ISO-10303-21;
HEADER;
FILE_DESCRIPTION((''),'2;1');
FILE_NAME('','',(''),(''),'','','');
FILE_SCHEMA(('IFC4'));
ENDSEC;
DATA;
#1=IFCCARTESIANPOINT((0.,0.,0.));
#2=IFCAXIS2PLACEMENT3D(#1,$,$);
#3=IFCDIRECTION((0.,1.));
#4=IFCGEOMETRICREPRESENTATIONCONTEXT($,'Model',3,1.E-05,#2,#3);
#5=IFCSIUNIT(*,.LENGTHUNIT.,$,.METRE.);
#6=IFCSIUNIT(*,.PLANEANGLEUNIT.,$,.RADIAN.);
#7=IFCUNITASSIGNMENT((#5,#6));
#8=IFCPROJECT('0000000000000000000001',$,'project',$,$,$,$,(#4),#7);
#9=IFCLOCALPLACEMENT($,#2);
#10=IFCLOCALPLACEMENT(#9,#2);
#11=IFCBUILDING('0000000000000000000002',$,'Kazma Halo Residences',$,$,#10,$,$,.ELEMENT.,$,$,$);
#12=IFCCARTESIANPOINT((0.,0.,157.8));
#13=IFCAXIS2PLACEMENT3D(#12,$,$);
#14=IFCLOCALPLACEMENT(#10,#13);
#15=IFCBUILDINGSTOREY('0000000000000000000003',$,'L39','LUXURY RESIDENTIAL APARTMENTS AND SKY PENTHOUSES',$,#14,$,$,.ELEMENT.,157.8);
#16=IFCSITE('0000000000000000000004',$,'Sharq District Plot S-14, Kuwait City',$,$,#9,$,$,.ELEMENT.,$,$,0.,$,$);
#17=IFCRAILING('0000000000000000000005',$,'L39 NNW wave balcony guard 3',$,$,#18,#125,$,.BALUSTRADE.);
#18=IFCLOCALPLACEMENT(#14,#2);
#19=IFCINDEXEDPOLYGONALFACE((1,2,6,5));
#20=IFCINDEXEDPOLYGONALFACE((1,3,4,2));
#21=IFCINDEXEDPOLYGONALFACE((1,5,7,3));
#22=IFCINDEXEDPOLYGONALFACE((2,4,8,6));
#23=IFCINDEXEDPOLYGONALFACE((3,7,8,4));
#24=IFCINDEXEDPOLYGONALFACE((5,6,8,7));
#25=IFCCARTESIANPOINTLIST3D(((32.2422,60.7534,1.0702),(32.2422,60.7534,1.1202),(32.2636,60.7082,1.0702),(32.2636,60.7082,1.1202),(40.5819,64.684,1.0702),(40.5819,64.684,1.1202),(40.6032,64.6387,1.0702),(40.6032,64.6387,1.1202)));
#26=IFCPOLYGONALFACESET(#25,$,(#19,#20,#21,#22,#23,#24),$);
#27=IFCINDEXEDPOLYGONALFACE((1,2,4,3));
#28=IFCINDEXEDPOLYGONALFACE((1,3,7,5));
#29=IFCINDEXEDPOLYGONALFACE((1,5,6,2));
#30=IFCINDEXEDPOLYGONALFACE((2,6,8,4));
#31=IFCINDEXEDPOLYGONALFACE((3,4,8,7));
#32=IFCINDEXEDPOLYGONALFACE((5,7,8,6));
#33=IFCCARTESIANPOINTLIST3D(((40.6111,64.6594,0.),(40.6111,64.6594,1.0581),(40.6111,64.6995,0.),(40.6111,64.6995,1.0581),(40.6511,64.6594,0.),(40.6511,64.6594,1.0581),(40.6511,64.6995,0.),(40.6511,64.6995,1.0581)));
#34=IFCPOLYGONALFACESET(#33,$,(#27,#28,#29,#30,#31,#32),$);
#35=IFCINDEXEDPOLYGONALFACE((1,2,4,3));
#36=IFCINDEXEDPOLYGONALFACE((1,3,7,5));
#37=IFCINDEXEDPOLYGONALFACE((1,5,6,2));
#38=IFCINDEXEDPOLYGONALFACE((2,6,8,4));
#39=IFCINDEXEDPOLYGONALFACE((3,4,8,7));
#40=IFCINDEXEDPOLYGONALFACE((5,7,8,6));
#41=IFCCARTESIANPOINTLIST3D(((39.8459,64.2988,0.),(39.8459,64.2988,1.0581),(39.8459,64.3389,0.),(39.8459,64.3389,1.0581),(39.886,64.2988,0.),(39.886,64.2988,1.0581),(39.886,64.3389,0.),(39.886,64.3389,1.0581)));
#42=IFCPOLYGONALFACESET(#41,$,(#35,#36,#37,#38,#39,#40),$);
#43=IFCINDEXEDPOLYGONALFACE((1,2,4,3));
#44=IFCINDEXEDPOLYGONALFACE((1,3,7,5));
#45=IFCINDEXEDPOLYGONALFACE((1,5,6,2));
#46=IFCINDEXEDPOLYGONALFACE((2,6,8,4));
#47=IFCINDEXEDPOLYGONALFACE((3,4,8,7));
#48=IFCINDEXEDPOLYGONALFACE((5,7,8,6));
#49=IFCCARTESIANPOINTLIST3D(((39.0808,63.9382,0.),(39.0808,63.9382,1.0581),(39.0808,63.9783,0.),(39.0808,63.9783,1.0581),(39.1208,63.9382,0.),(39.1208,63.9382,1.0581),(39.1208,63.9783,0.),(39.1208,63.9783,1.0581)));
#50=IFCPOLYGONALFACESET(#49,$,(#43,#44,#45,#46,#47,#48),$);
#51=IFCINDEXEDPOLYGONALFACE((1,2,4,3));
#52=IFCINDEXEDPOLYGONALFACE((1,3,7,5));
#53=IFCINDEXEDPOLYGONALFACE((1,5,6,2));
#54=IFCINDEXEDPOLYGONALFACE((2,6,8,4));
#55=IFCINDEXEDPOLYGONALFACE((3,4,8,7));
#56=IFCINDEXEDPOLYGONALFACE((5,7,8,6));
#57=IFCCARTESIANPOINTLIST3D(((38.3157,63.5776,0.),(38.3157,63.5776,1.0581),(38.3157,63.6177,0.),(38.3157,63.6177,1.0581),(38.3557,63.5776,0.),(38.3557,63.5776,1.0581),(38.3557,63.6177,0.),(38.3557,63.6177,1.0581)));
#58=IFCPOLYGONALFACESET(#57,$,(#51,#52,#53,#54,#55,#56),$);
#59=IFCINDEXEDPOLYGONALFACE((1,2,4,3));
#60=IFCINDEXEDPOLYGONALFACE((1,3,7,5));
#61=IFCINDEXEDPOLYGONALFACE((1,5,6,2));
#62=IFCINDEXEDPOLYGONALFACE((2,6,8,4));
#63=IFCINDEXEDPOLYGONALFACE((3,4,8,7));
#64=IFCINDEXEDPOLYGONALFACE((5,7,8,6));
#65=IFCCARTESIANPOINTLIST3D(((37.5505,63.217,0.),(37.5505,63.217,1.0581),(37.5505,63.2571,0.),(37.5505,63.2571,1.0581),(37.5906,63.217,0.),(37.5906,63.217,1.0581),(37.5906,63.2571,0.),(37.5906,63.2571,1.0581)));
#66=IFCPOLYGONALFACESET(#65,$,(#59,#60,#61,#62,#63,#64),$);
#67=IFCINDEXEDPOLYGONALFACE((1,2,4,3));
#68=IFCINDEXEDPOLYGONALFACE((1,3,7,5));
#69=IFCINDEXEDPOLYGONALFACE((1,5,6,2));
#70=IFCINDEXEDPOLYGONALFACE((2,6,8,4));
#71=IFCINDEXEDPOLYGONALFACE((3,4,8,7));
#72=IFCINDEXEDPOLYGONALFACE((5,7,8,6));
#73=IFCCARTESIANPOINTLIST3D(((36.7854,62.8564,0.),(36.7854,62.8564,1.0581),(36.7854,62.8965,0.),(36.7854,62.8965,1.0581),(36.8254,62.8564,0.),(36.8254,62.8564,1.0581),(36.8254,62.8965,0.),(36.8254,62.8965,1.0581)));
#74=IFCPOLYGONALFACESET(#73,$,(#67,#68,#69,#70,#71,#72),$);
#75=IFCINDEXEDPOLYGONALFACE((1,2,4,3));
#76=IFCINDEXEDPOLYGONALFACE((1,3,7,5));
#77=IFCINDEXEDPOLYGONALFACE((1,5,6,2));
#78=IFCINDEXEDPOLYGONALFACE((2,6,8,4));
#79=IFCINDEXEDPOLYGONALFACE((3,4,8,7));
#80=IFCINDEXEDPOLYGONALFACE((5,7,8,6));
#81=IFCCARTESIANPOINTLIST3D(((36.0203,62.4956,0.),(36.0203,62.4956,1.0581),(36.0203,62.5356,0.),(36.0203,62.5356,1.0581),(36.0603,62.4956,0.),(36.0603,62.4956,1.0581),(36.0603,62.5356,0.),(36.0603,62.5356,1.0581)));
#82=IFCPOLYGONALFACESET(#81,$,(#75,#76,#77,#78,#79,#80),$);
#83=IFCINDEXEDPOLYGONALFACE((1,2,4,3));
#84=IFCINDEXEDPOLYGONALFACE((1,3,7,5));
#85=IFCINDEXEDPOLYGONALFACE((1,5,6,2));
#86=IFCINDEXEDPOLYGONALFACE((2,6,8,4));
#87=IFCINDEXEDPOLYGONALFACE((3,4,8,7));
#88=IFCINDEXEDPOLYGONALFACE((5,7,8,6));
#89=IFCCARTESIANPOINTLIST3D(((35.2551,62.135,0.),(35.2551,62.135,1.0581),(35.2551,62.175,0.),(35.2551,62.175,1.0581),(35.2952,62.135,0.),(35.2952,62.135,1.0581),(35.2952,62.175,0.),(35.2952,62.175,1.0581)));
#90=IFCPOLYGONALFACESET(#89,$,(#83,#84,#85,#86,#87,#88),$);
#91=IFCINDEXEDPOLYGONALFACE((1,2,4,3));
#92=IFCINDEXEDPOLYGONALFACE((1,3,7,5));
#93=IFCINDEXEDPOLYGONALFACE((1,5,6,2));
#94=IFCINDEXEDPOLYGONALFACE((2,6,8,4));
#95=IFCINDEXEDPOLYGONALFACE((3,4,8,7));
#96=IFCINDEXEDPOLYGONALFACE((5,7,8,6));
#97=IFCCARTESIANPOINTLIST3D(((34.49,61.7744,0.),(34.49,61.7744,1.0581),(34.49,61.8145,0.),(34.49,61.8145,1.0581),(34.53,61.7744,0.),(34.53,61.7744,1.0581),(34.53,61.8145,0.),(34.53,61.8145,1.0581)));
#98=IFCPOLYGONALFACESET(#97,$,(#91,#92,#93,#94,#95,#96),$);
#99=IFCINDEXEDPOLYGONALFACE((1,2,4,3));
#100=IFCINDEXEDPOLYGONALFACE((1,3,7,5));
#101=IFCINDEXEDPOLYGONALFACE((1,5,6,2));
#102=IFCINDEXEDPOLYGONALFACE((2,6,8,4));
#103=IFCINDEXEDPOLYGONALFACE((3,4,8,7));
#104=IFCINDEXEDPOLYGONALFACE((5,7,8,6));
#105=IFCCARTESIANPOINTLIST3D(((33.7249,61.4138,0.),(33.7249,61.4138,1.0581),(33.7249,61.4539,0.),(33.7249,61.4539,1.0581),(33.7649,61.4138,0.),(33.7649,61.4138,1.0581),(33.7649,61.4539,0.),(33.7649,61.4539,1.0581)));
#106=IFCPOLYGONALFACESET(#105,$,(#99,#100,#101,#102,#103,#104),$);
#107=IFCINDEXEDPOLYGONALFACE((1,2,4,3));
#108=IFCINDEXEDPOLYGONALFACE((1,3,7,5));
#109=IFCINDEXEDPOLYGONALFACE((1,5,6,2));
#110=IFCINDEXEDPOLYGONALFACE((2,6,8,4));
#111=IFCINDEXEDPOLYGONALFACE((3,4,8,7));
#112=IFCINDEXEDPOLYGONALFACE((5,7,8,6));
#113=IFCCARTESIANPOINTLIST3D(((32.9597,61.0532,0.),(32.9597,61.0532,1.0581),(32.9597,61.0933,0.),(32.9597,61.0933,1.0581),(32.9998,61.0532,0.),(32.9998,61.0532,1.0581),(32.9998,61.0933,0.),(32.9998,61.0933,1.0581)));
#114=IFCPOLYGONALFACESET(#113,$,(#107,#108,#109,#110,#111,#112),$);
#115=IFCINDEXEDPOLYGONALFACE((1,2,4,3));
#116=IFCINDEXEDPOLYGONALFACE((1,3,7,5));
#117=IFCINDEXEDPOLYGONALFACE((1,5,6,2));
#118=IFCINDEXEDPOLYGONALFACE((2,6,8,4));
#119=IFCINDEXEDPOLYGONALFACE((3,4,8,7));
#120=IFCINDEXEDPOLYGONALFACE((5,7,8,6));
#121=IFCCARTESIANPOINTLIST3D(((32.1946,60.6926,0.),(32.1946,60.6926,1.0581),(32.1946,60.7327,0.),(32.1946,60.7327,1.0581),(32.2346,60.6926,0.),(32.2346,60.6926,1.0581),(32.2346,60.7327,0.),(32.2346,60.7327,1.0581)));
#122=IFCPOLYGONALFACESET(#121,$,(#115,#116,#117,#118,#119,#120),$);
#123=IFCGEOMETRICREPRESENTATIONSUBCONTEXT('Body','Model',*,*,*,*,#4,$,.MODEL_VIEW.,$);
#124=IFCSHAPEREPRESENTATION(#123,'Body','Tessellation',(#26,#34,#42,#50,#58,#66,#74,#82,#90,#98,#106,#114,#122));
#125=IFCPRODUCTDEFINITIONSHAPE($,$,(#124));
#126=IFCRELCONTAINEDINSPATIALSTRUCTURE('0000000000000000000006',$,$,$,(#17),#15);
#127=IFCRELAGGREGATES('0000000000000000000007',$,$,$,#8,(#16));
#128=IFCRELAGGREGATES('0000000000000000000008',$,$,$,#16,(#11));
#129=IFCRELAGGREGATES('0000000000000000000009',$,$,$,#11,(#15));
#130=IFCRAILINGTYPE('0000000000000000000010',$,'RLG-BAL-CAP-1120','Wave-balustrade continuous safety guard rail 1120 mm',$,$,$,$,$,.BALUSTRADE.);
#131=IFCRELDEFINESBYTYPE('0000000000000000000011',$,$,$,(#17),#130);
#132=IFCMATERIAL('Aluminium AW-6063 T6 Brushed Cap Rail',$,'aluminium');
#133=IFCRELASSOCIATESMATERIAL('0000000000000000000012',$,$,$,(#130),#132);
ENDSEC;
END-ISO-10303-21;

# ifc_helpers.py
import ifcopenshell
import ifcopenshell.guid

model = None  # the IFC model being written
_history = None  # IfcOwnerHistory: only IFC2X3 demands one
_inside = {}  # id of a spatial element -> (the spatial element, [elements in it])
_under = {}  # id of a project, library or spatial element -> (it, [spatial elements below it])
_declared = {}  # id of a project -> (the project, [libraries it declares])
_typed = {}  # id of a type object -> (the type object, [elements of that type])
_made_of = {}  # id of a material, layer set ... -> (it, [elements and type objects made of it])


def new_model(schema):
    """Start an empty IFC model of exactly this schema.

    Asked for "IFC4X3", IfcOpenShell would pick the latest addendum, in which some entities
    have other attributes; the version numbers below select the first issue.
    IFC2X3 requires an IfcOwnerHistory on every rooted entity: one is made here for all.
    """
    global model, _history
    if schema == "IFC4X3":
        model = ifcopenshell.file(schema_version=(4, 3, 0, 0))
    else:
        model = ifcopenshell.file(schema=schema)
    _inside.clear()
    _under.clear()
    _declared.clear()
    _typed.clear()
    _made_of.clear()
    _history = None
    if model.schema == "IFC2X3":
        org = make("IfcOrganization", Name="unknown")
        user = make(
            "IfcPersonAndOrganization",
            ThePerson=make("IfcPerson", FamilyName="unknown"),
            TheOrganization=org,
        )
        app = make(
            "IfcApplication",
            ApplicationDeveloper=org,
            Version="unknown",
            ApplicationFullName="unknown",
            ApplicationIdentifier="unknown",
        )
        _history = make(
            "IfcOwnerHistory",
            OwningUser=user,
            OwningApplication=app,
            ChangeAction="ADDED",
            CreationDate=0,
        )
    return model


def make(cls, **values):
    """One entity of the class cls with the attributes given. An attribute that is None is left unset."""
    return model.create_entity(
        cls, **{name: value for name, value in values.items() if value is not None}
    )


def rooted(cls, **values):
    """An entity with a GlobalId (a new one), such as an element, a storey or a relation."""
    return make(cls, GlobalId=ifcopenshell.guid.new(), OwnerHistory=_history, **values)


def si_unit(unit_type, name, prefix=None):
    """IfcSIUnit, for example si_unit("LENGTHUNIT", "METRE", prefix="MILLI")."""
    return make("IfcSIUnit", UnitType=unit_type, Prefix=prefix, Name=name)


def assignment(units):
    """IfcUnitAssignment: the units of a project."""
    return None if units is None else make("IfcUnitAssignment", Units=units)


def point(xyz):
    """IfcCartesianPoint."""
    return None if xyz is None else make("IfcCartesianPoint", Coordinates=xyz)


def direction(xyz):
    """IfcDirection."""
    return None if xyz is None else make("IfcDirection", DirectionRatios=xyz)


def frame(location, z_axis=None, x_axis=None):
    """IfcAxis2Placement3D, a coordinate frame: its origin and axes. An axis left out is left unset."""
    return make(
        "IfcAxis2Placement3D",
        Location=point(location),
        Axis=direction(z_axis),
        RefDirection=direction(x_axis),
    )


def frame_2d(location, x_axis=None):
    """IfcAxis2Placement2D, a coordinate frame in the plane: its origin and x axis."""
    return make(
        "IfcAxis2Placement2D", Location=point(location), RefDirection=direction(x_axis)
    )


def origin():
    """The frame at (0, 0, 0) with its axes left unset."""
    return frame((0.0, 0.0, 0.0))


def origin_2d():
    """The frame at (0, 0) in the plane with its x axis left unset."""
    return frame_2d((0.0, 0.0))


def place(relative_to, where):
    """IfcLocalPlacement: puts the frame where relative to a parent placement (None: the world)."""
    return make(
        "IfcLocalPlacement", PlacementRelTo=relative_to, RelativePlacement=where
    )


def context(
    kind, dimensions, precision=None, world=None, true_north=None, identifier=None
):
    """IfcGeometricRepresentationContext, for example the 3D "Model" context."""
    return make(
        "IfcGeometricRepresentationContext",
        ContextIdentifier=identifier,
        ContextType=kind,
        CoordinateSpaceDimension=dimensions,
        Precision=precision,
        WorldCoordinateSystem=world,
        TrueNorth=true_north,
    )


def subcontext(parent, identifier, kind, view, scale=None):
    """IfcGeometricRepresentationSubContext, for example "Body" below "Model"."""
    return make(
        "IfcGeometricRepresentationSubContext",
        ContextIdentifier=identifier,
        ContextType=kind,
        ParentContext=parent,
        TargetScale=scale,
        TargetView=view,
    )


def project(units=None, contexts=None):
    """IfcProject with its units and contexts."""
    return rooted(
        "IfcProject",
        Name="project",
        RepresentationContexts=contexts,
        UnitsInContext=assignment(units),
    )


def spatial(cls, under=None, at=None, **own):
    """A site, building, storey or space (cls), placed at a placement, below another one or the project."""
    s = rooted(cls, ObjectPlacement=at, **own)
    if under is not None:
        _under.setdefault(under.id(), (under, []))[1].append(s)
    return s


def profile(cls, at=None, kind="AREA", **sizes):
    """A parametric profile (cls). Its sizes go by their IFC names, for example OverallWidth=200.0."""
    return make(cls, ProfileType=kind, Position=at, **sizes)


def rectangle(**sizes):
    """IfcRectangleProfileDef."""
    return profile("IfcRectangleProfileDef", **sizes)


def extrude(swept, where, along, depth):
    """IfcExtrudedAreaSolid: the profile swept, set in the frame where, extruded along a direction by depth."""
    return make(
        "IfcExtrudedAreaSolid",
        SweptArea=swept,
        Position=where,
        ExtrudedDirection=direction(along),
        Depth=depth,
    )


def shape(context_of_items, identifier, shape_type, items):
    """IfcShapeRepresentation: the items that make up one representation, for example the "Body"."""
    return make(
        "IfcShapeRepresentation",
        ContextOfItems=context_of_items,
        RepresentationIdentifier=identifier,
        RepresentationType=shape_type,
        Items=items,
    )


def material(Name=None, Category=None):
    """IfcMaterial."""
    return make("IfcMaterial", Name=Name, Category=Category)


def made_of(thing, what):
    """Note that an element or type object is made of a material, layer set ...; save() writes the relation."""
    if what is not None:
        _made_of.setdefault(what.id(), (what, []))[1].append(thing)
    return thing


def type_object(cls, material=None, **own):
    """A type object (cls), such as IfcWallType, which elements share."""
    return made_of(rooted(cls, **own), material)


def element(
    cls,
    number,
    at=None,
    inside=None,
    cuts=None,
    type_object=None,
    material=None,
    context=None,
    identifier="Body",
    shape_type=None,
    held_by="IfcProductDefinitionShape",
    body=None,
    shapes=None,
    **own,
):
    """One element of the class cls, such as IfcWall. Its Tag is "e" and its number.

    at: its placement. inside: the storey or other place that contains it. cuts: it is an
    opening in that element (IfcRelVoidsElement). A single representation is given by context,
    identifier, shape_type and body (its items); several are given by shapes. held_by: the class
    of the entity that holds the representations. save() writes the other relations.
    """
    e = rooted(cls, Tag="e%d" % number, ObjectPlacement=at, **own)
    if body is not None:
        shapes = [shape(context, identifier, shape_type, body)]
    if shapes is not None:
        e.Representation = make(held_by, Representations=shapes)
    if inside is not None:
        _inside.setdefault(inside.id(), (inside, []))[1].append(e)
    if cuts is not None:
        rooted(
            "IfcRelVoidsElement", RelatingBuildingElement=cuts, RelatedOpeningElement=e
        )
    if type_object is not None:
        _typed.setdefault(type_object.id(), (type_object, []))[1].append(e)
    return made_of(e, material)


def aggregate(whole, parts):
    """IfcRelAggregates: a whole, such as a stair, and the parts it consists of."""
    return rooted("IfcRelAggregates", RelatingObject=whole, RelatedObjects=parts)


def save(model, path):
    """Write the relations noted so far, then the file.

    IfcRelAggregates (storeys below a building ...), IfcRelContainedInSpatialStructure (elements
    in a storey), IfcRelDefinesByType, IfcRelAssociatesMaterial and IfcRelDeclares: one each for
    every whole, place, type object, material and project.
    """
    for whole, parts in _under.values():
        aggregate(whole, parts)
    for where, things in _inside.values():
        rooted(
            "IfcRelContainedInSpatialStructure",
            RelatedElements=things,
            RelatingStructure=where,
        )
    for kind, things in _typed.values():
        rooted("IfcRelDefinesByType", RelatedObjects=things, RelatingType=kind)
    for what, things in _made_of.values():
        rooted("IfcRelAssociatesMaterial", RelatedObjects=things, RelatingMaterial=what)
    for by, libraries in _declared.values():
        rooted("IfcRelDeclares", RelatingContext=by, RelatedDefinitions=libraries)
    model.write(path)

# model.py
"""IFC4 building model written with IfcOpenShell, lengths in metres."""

from ifc_helpers import new_model, si_unit, direction, frame, origin, origin_2d, place, context, subcontext, project, spatial, rectangle, extrude, material, type_object, element, save


model = new_model("IFC4")

# Units and contexts
model_context = context("Model", 3, precision=1e-05, world=origin(), true_north=direction((0.0, 1.0)))
body_context = subcontext(model_context, "Body", "Model", "MODEL_VIEW")
ifc_project = project(units=[si_unit("LENGTHUNIT", "METRE"), si_unit("PLANEANGLEUNIT", "RADIAN")], contexts=[model_context])

# Site, building, storey
site_placement = place(None, origin())
site = spatial("IfcSite", under=ifc_project, at=site_placement, Name="Sharq District Plot S-14, Kuwait City", CompositionType="ELEMENT", RefElevation=0.0)
building_placement = place(site_placement, origin())
building = spatial("IfcBuilding", under=site, at=building_placement, Name="Kazma Halo Residences", CompositionType="ELEMENT")
storey_placement = place(building_placement, frame((0.0, 0.0, 157.8)))
storey = spatial("IfcBuildingStorey", under=building, at=storey_placement, Name="L39", Description="LUXURY RESIDENTIAL APARTMENTS AND SKY PENTHOUSES", CompositionType="ELEMENT", Elevation=157.8)

# Railing
ifc_material_1 = material(Name="Aluminium AW-6063 T6 Brushed Cap Rail", Category="aluminium")
railing_type = type_object("IfcRailingType", Name="RLG-BAL-CAP-1120", Description="Wave-balustrade continuous safety guard rail 1120 mm", PredefinedType="BALUSTRADE", material=ifc_material_1)
railing_placement = place(storey_placement, frame((40.6311, 64.6794, 0.0)))
element("IfcRailing", 1, at=railing_placement, inside=storey, type_object=railing_type, Name="L39 NNW wave balcony guard 3", PredefinedType="BALUSTRADE", context=body_context, shape_type="SweptSolid", body=[
    extrude(rectangle(XDim=0.05, YDim=0.05, at=origin_2d()), frame((-0.0386, -0.0181, 1.0952), z_axis=(-0.904566, -0.426333, 0.0), x_axis=(0.426333, -0.904566, 0.0)), (0.0, 0.0, 1.0), 9.2195),
    extrude(rectangle(XDim=0.04, YDim=0.04, at=origin_2d()), origin(), (0.0, 0.0, 1.0), 1.0581),
    extrude(rectangle(XDim=0.04, YDim=0.04, at=origin_2d()), frame((-0.7651, -0.3606, 0.0)), (0.0, 0.0, 1.0), 1.0581),
    extrude(rectangle(XDim=0.04, YDim=0.04, at=origin_2d()), frame((-1.5303, -0.7212, 0.0)), (0.0, 0.0, 1.0), 1.0581),
    extrude(rectangle(XDim=0.04, YDim=0.04, at=origin_2d()), frame((-2.2954, -1.0818, 0.0)), (0.0, 0.0, 1.0), 1.0581),
    extrude(rectangle(XDim=0.04, YDim=0.04, at=origin_2d()), frame((-3.0605, -1.4424, 0.0)), (0.0, 0.0, 1.0), 1.0581),
    extrude(rectangle(XDim=0.04, YDim=0.04, at=origin_2d()), frame((-3.8257, -1.803, 0.0)), (0.0, 0.0, 1.0), 1.0581),
    extrude(rectangle(XDim=0.04, YDim=0.04, at=origin_2d()), frame((-4.5908, -2.1638, 0.0)), (0.0, 0.0, 1.0), 1.0581),
    extrude(rectangle(XDim=0.04, YDim=0.04, at=origin_2d()), frame((-5.356, -2.5244, 0.0)), (0.0, 0.0, 1.0), 1.0581),
    extrude(rectangle(XDim=0.04, YDim=0.04, at=origin_2d()), frame((-6.1211, -2.885, 0.0)), (0.0, 0.0, 1.0), 1.0581),
    extrude(rectangle(XDim=0.04, YDim=0.04, at=origin_2d()), frame((-6.8862, -3.2456, 0.0)), (0.0, 0.0, 1.0), 1.0581),
    extrude(rectangle(XDim=0.04, YDim=0.04, at=origin_2d()), frame((-7.6514, -3.6062, 0.0)), (0.0, 0.0, 1.0), 1.0581),
    extrude(rectangle(XDim=0.04, YDim=0.04, at=origin_2d()), frame((-8.4165, -3.9668, 0.0)), (0.0, 0.0, 1.0), 1.0581),
])

save(model, "model.ifc")
